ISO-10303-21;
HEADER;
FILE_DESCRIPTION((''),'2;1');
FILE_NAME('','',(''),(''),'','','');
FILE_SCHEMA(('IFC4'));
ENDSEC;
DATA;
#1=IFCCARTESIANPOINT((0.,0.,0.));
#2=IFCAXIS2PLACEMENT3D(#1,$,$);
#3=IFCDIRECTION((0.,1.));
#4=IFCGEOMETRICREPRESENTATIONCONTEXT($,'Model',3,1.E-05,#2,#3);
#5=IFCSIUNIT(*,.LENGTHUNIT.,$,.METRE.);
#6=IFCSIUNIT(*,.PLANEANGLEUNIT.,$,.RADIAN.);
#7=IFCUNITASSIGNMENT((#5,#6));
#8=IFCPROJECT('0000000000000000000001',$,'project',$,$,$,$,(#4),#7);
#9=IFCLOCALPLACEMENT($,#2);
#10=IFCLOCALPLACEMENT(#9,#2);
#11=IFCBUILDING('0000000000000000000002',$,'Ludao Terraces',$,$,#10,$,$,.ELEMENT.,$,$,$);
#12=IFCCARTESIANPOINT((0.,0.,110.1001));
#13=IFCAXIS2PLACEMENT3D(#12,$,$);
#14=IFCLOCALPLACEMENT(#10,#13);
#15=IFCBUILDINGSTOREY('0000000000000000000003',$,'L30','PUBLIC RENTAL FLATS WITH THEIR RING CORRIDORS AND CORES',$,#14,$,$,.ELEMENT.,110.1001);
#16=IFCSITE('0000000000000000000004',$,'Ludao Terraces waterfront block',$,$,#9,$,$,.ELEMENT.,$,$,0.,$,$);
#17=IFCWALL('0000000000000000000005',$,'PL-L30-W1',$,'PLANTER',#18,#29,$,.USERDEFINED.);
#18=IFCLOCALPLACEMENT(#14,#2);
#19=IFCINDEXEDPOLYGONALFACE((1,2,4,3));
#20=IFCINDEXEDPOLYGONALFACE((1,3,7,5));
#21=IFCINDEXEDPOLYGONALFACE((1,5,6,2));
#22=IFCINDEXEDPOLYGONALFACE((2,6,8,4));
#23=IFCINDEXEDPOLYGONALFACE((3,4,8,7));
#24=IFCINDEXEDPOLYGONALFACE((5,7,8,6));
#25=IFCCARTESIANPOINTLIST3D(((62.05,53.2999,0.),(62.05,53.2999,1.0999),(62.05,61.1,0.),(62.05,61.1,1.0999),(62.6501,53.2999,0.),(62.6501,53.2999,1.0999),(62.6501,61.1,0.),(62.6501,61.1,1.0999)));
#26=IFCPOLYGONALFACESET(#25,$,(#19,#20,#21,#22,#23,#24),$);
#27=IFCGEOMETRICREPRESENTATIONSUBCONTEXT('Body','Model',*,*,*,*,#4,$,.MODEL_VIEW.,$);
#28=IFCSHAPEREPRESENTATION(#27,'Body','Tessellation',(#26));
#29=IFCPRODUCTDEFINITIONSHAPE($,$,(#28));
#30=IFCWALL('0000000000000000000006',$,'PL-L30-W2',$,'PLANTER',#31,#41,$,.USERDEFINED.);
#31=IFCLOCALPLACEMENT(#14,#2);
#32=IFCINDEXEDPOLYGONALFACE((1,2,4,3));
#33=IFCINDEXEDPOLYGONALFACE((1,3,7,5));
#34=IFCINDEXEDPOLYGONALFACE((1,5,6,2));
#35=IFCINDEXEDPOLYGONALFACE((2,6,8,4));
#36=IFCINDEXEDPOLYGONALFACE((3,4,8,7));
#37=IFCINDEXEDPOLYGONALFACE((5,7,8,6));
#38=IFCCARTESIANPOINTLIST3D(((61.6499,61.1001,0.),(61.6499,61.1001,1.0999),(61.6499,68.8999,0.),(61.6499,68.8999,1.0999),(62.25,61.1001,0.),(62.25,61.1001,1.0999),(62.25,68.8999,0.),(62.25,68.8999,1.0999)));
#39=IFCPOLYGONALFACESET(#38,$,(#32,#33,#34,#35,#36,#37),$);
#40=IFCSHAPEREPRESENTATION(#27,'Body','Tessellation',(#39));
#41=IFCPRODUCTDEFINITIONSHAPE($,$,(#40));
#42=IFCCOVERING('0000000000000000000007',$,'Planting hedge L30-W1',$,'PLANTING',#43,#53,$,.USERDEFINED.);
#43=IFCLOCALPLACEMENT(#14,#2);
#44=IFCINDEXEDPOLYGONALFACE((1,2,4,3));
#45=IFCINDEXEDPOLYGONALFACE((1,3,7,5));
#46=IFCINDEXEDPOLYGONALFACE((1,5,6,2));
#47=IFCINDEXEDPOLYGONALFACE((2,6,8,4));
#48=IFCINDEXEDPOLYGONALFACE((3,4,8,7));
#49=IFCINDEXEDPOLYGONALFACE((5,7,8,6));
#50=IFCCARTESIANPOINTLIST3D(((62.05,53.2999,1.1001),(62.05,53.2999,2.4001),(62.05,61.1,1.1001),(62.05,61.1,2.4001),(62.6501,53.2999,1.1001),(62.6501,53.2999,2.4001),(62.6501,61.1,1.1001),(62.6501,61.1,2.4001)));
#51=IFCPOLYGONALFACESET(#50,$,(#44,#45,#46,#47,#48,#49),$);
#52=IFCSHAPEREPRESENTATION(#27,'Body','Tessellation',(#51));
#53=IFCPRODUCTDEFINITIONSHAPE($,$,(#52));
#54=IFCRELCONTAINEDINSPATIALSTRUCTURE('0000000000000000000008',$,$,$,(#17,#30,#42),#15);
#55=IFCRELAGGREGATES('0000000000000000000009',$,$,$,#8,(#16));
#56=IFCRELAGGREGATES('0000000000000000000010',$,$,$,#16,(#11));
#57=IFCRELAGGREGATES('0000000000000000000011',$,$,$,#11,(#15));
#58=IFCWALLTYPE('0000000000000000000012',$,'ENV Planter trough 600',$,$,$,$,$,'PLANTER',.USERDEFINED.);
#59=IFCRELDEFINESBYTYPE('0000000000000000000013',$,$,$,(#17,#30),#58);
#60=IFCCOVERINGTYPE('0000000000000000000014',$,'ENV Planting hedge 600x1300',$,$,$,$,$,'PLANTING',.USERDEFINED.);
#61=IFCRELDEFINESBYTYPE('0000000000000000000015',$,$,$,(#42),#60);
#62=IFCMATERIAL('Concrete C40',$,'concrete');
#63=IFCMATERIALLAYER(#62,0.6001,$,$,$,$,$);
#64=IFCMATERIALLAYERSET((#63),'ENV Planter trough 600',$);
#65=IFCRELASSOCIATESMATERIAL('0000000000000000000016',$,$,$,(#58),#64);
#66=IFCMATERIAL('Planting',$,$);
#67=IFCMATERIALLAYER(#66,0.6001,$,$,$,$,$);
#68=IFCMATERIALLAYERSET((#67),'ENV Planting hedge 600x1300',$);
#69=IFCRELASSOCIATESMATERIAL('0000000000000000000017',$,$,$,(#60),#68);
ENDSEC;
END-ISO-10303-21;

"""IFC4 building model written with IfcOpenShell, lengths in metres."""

from ifc_helpers import new_model, si_unit, direction, frame, frame_2d, origin, origin_2d, place, context, subcontext, project, spatial, rectangle, extrude, material, layer, layer_set, type_object, element, save


model = new_model("IFC4")

# Units and contexts
model_context = context("Model", 3, precision=1e-05, world=origin(), true_north=direction((0.0, 1.0)))
body_context = subcontext(model_context, "Body", "Model", "MODEL_VIEW")
ifc_project = project(units=[si_unit("LENGTHUNIT", "METRE"), si_unit("PLANEANGLEUNIT", "RADIAN")], contexts=[model_context])

# Site, building, storey
site_placement = place(None, origin())
site = spatial("IfcSite", under=ifc_project, at=site_placement, Name="Ludao Terraces waterfront block", CompositionType="ELEMENT", RefElevation=0.0)
building_placement = place(site_placement, origin())
building = spatial("IfcBuilding", under=site, at=building_placement, Name="Ludao Terraces", CompositionType="ELEMENT")
storey_placement = place(building_placement, frame((0.0, 0.0, 110.1001)))
storey = spatial("IfcBuildingStorey", under=building, at=storey_placement, Name="L30", Description="PUBLIC RENTAL FLATS WITH THEIR RING CORRIDORS AND CORES", CompositionType="ELEMENT", Elevation=110.1001)

# Shared definitions
ifc_material_1 = material(Name="Concrete C40", Category="concrete")

# Walls
ifc_layer_1 = layer(ifc_material_1, 0.6001)
ifc_layer_set_1 = layer_set([ifc_layer_1], Name="ENV Planter trough 600")
wall_type = type_object("IfcWallType", Name="ENV Planter trough 600", ElementType="PLANTER", PredefinedType="USERDEFINED", material=ifc_layer_set_1)
wall_1_placement = place(storey_placement, frame((62.3501, 53.3, 0.0), z_axis=(0.0, 0.0, 1.0), x_axis=(0.0, 1.0, 0.0)))
element("IfcWall", 1, at=wall_1_placement, inside=storey, type_object=wall_type, Name="PL-L30-W1", ObjectType="PLANTER", PredefinedType="USERDEFINED", context=body_context, shape_type="SweptSolid", body=[
    extrude(rectangle(XDim=7.8, YDim=0.6001, at=frame_2d((3.8999, 0.0))), origin(), (0.0, 0.0, 1.0), 1.0999),
])
wall_2_placement = place(storey_placement, frame((61.95, 61.1001, 0.0), z_axis=(0.0, 0.0, 1.0), x_axis=(0.0, 1.0, 0.0)))
element("IfcWall", 2, at=wall_2_placement, inside=storey, type_object=wall_type, Name="PL-L30-W2", ObjectType="PLANTER", PredefinedType="USERDEFINED", context=body_context, shape_type="SweptSolid", body=[
    extrude(rectangle(XDim=7.7998, YDim=0.6001, at=frame_2d((3.8999, 0.0))), origin(), (0.0, 0.0, 1.0), 1.0999),
])

# Covering
ifc_material_2 = material(Name="Planting")
ifc_layer_2 = layer(ifc_material_2, 0.6001)
ifc_layer_set_2 = layer_set([ifc_layer_2], Name="ENV Planting hedge 600x1300")
covering_type = type_object("IfcCoveringType", Name="ENV Planting hedge 600x1300", ElementType="PLANTING", PredefinedType="USERDEFINED", material=ifc_layer_set_2)
covering_placement = place(storey_placement, frame((62.3501, 57.2, 1.1001), z_axis=(0.0, 0.0, 1.0), x_axis=(1.0, 0.0, 0.0)))
element("IfcCovering", 3, at=covering_placement, inside=storey, type_object=covering_type, Name="Planting hedge L30-W1", ObjectType="PLANTING", PredefinedType="USERDEFINED", context=body_context, shape_type="SweptSolid", body=[
    extrude(rectangle(XDim=0.6001, YDim=7.8, at=origin_2d()), origin(), (0.0, 0.0, 1.0), 1.3),
])

save(model, "model.ifc")
